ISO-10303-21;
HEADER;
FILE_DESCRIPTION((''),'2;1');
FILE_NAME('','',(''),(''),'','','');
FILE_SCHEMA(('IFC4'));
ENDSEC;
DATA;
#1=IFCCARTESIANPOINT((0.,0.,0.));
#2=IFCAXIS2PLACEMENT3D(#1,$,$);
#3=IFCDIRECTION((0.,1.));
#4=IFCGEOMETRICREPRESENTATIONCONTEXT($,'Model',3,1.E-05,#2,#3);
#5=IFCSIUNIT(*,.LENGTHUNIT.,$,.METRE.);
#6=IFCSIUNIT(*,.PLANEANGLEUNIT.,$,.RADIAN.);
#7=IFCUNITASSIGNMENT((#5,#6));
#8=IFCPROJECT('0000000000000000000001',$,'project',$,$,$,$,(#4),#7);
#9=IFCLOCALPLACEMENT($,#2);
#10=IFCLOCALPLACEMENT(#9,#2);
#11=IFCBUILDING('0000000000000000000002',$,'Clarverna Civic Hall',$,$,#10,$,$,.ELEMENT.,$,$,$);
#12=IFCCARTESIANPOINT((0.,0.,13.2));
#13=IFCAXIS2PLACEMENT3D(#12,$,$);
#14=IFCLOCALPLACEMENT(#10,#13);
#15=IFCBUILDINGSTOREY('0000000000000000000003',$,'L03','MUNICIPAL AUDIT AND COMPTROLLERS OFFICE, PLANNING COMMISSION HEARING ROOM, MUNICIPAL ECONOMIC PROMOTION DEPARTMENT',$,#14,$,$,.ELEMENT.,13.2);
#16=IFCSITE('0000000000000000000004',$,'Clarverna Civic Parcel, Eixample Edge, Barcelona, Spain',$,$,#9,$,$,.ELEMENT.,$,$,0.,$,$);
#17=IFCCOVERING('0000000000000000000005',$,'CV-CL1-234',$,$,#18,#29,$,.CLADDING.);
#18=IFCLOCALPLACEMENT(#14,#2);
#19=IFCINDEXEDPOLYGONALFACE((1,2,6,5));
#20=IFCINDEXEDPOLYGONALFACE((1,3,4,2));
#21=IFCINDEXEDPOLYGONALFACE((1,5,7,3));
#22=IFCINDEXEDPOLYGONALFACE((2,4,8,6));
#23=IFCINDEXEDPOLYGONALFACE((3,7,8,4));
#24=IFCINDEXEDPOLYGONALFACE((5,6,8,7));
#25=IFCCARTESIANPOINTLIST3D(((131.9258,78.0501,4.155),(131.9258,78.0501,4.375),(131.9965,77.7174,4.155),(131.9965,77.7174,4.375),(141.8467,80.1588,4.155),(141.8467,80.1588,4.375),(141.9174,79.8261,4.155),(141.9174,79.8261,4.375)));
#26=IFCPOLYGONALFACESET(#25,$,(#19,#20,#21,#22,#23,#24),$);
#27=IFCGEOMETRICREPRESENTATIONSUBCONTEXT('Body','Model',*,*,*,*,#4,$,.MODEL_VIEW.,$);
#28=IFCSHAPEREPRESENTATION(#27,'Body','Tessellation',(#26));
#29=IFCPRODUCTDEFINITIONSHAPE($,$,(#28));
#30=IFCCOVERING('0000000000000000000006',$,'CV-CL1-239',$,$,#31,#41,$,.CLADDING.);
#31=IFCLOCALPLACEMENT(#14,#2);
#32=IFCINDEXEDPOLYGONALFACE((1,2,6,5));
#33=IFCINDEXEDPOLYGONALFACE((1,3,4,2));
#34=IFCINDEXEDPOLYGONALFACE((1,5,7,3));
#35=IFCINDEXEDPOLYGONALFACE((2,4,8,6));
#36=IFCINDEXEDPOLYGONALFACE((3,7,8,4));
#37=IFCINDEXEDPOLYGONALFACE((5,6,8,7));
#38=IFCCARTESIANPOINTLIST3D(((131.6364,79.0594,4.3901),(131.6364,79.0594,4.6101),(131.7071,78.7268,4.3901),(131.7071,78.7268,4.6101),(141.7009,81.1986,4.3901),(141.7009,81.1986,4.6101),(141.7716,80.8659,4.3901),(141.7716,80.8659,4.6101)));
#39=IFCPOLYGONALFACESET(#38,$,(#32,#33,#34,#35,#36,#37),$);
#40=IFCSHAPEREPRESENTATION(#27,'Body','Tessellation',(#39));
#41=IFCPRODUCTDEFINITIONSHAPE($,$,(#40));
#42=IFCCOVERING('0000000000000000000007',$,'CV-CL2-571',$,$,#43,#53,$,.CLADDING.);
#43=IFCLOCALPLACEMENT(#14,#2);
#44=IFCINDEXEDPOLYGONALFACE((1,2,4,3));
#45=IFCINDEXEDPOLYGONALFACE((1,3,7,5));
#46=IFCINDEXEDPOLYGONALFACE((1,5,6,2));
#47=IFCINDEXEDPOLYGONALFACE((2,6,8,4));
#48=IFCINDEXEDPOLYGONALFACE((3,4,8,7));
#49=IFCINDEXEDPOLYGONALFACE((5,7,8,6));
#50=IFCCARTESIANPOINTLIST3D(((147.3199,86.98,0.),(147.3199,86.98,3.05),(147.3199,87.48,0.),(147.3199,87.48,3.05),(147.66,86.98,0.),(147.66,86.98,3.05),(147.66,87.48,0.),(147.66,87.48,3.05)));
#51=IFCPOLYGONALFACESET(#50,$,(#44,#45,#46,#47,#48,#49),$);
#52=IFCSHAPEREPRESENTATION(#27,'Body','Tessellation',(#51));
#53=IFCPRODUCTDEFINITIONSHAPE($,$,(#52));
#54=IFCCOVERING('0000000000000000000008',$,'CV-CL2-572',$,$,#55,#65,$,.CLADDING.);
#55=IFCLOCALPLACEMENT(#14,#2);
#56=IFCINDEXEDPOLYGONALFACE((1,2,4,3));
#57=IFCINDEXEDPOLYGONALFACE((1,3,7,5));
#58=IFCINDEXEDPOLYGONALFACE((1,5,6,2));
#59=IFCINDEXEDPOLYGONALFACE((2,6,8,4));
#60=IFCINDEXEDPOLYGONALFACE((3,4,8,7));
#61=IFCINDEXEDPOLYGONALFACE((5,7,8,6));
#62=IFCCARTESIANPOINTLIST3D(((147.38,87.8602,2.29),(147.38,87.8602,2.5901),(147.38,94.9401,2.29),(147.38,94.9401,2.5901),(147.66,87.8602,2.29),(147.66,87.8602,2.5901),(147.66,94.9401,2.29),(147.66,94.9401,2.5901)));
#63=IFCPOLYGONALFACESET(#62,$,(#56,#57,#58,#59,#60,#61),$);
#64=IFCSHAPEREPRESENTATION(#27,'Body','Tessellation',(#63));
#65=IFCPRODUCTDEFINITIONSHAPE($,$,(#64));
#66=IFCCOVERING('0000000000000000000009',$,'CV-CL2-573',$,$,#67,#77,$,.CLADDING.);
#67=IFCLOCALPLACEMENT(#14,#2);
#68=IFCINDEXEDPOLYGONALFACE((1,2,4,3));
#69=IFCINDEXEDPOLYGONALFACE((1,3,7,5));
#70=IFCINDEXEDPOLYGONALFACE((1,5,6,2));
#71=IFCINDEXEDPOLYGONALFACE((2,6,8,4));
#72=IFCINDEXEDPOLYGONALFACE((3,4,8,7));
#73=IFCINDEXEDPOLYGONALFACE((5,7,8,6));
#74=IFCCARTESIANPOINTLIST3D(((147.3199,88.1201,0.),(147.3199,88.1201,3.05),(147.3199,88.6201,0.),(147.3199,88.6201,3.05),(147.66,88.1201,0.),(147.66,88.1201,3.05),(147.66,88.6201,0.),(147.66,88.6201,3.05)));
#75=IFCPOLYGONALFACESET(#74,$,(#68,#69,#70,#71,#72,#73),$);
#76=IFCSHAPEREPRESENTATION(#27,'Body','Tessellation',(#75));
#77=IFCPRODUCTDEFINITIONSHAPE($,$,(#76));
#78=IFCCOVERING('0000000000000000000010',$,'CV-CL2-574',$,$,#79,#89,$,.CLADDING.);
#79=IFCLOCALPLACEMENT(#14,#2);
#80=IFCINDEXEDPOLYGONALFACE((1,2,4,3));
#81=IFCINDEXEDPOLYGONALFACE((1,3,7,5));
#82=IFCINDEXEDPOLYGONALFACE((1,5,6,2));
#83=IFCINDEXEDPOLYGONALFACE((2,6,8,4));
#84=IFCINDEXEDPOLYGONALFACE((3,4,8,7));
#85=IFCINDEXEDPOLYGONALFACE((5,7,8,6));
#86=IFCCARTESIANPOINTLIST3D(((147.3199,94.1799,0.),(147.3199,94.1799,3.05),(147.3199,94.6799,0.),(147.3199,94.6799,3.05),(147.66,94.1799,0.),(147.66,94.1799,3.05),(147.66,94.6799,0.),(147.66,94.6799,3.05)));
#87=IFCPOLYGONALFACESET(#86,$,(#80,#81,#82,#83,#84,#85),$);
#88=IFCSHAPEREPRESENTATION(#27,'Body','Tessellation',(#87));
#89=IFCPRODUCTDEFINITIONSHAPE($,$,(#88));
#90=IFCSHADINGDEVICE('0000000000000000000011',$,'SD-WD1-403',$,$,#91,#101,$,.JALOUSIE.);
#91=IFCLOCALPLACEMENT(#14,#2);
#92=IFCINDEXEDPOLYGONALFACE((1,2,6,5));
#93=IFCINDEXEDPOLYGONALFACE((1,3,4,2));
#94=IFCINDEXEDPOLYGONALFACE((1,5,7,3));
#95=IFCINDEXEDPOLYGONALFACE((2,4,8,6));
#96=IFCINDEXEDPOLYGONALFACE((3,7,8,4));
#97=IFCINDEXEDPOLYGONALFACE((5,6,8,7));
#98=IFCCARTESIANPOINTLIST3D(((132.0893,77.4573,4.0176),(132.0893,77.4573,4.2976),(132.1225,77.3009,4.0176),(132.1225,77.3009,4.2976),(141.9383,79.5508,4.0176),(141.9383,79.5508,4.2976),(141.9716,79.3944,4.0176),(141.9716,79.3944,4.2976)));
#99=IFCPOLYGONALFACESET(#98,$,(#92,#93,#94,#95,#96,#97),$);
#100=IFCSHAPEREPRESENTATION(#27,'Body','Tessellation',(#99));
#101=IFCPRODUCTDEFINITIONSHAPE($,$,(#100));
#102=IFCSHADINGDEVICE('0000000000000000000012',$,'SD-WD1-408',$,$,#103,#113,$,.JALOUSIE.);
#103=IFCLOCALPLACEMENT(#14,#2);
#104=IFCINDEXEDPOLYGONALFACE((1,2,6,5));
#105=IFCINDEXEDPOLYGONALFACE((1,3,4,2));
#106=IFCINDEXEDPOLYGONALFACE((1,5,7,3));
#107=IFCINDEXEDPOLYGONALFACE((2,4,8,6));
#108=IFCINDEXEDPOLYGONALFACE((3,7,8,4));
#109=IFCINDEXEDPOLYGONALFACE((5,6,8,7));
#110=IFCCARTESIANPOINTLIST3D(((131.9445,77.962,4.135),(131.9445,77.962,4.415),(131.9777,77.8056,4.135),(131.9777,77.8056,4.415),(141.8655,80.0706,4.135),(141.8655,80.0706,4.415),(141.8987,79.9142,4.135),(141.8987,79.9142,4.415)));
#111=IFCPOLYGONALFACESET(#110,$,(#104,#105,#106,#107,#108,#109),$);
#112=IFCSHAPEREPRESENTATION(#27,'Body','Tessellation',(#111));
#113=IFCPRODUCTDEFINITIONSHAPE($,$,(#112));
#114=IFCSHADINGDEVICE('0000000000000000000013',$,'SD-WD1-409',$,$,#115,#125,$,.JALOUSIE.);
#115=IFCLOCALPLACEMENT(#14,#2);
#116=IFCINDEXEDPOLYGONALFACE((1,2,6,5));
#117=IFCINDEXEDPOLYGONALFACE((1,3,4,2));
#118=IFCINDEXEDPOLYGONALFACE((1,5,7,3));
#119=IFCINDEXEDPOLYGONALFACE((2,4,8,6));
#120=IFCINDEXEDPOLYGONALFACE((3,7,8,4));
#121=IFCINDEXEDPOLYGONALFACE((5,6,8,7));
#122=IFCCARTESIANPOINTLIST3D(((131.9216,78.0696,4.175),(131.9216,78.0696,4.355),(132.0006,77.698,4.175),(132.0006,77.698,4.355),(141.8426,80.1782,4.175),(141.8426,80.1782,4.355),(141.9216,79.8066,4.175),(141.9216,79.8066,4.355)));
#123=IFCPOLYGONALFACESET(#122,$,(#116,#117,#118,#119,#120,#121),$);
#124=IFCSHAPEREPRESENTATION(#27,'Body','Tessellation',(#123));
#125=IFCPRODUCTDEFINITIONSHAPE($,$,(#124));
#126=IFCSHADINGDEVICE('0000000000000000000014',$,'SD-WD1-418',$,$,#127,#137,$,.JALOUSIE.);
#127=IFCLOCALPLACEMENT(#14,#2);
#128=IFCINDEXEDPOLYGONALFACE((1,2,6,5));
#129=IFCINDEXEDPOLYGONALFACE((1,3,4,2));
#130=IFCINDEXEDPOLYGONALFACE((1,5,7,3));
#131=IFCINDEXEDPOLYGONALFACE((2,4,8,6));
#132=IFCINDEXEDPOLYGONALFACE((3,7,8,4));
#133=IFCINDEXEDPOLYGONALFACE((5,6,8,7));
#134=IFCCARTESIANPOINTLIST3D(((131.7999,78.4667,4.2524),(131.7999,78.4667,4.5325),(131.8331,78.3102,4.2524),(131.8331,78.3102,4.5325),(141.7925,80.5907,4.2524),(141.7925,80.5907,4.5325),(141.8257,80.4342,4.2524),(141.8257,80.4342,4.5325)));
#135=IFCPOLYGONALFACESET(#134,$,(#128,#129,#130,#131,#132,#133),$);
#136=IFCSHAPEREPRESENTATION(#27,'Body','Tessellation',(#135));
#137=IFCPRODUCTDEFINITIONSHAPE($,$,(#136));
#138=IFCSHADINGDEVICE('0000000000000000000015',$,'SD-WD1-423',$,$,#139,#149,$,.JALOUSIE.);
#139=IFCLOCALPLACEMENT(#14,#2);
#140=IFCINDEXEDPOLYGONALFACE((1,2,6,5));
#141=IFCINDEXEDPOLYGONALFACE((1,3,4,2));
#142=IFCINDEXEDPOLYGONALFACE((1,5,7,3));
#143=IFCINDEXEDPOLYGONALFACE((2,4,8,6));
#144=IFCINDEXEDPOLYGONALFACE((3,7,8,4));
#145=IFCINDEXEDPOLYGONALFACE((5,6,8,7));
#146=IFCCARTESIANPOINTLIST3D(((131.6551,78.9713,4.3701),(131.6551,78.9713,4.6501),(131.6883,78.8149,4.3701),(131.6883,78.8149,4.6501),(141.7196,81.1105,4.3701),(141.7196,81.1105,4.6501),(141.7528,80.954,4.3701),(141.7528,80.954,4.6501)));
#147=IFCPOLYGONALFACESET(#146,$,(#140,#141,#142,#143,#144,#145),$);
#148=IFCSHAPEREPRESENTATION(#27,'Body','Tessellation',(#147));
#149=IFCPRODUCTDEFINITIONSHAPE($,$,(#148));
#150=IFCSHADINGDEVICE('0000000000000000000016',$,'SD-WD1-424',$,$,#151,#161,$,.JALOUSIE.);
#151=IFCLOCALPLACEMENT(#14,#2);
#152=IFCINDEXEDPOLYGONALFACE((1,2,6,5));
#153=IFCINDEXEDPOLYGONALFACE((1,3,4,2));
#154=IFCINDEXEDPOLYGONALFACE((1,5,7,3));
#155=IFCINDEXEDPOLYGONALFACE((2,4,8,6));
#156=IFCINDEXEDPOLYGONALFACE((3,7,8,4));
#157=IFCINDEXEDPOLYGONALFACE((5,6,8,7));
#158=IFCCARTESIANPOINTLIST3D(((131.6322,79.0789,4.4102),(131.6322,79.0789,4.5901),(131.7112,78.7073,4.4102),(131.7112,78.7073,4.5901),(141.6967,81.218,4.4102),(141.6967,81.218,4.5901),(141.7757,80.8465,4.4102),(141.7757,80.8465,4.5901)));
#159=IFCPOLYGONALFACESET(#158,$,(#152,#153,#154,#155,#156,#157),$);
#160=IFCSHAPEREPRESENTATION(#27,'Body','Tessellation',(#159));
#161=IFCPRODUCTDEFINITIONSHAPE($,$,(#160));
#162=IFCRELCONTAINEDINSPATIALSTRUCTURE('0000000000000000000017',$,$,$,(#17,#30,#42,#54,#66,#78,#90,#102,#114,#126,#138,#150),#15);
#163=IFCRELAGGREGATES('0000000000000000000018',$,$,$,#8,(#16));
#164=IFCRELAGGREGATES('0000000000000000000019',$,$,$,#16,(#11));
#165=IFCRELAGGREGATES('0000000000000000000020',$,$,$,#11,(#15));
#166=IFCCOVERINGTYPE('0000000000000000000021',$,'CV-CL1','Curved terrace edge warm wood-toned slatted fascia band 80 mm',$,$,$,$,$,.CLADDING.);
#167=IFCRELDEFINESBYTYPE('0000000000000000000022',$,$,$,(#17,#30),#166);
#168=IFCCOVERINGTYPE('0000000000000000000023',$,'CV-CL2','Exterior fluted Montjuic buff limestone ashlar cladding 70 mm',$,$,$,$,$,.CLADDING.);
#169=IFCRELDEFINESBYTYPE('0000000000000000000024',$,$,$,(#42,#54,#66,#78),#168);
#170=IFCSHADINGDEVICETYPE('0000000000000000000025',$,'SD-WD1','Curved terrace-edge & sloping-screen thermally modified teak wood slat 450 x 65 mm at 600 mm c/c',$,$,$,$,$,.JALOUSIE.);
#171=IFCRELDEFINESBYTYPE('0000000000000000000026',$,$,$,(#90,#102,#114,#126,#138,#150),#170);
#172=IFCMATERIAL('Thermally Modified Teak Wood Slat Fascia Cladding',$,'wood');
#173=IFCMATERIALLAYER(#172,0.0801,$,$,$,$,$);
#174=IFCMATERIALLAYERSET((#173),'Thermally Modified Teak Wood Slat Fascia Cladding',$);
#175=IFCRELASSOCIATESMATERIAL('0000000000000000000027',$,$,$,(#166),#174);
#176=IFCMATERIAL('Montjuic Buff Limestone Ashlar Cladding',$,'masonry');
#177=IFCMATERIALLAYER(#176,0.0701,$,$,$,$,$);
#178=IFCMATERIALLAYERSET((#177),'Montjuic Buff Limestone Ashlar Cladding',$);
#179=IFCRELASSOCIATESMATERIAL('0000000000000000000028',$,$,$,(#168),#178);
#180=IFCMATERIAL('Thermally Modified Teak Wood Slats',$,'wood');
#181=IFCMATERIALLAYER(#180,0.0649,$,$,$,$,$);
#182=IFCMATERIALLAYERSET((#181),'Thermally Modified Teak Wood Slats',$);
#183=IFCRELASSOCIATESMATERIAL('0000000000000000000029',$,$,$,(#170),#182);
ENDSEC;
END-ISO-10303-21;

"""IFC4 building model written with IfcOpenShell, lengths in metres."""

from ifc_helpers import new_model, si_unit, direction, frame, frame_2d, origin, place, context, subcontext, project, spatial, rectangle, extrude, material, layer, layer_set, type_object, element, save


model = new_model("IFC4")

# Units and contexts
model_context = context("Model", 3, precision=1e-05, world=origin(), true_north=direction((0.0, 1.0)))
body_context = subcontext(model_context, "Body", "Model", "MODEL_VIEW")
ifc_project = project(units=[si_unit("LENGTHUNIT", "METRE"), si_unit("PLANEANGLEUNIT", "RADIAN")], contexts=[model_context])

# Site, building, storey
site_placement = place(None, origin())
site = spatial("IfcSite", under=ifc_project, at=site_placement, Name="Clarverna Civic Parcel, Eixample Edge, Barcelona, Spain", CompositionType="ELEMENT", RefElevation=0.0)
building_placement = place(site_placement, origin())
building = spatial("IfcBuilding", under=site, at=building_placement, Name="Clarverna Civic Hall", CompositionType="ELEMENT")
storey_placement = place(building_placement, frame((0.0, 0.0, 13.2)))
storey = spatial("IfcBuildingStorey", under=building, at=storey_placement, Name="L03", Description="MUNICIPAL AUDIT AND COMPTROLLERS OFFICE, PLANNING COMMISSION HEARING ROOM, MUNICIPAL ECONOMIC PROMOTION DEPARTMENT", CompositionType="ELEMENT", Elevation=13.2)

# Coverings
ifc_material_1 = material(Name="Thermally Modified Teak Wood Slat Fascia Cladding", Category="wood")
ifc_layer_1 = layer(ifc_material_1, 0.0801)
ifc_layer_set_1 = layer_set([ifc_layer_1], Name="Thermally Modified Teak Wood Slat Fascia Cladding")
covering_type_1 = type_object("IfcCoveringType", Name="CV-CL1", Description="Curved terrace edge warm wood-toned slatted fascia band 80 mm", PredefinedType="CLADDING", material=ifc_layer_set_1)
covering_1_placement = place(storey_placement, frame((141.8821, 79.9924, 4.155), z_axis=(0.0, 0.0, 1.0), x_axis=(-0.97815, -0.207901, 0.0)))
element("IfcCovering", 1, at=covering_1_placement, inside=storey, type_object=covering_type_1, Name="CV-CL1-234", PredefinedType="CLADDING", context=body_context, shape_type="SweptSolid", body=[
    extrude(rectangle(XDim=10.1426, YDim=0.3401, at=frame_2d((5.0713, 0.0))), origin(), (0.0, 0.0, 1.0), 0.22),
])
covering_2_placement = place(storey_placement, frame((141.7361, 81.0322, 4.3901), z_axis=(0.0, 0.0, 1.0), x_axis=(-0.97815, -0.207902, 0.0)))
element("IfcCovering", 2, at=covering_2_placement, inside=storey, type_object=covering_type_1, Name="CV-CL1-239", PredefinedType="CLADDING", context=body_context, shape_type="SweptSolid", body=[
    extrude(rectangle(XDim=10.2893, YDim=0.3401, at=frame_2d((5.1445, 0.0))), origin(), (0.0, 0.0, 1.0), 0.22),
])
ifc_material_2 = material(Name="Montjuic Buff Limestone Ashlar Cladding", Category="masonry")
ifc_layer_2 = layer(ifc_material_2, 0.0701)
ifc_layer_set_2 = layer_set([ifc_layer_2], Name="Montjuic Buff Limestone Ashlar Cladding")
covering_type_2 = type_object("IfcCoveringType", Name="CV-CL2", Description="Exterior fluted Montjuic buff limestone ashlar cladding 70 mm", PredefinedType="CLADDING", material=ifc_layer_set_2)
covering_3_placement = place(storey_placement, frame((147.49, 86.98, 0.0), z_axis=(0.0, 0.0, 1.0), x_axis=(0.0, 1.0, 0.0)))
element("IfcCovering", 3, at=covering_3_placement, inside=storey, type_object=covering_type_2, Name="CV-CL2-571", PredefinedType="CLADDING", context=body_context, shape_type="SweptSolid", body=[
    extrude(rectangle(XDim=0.5, YDim=0.3401, at=frame_2d((0.25, 0.0))), origin(), (0.0, 0.0, 1.0), 3.05),
])
covering_4_placement = place(storey_placement, frame((147.52, 87.8601, 2.29), z_axis=(0.0, 0.0, 1.0), x_axis=(0.0, 1.0, 0.0)))
element("IfcCovering", 4, at=covering_4_placement, inside=storey, type_object=covering_type_2, Name="CV-CL2-572", PredefinedType="CLADDING", context=body_context, shape_type="SweptSolid", body=[
    extrude(rectangle(XDim=7.0798, YDim=0.28, at=frame_2d((3.54, 0.0))), origin(), (0.0, 0.0, 1.0), 0.3),
])
for number, where, z_axis, x_axis, name in (
    (5, (147.49, 88.1201, 0.0), (0.0, 0.0, 1.0), (0.0, 1.0, 0.0), "CV-CL2-573"),
    (6, (147.49, 94.1799, 0.0), (0.0, 0.0, 1.0), (0.0, 1.0, 0.0), "CV-CL2-574"),
):
    element("IfcCovering", number, at=place(storey_placement, frame(where, z_axis=z_axis, x_axis=x_axis)), inside=storey, type_object=covering_type_2, Name=name, PredefinedType="CLADDING", context=body_context, shape_type="SweptSolid", body=[
        extrude(rectangle(XDim=0.5, YDim=0.3401, at=frame_2d((0.25, 0.0))), origin(), (0.0, 0.0, 1.0), 3.05),
    ])

# Shading devices
ifc_material_3 = material(Name="Thermally Modified Teak Wood Slats", Category="wood")
ifc_layer_3 = layer(ifc_material_3, 0.0649)
ifc_layer_set_3 = layer_set([ifc_layer_3], Name="Thermally Modified Teak Wood Slats")
shading_device_type = type_object("IfcShadingDeviceType", Name="SD-WD1", Description="Curved terrace-edge & sloping-screen thermally modified teak wood slat 450 x 65 mm at 600 mm c/c", PredefinedType="JALOUSIE", material=ifc_layer_set_3)
shading_device_1_placement = place(storey_placement, frame((141.9551, 79.4727, 4.0176), z_axis=(0.0, 0.0, 1.0), x_axis=(-0.978147, -0.207913, 0.0)))
element("IfcShadingDevice", 7, at=shading_device_1_placement, inside=storey, type_object=shading_device_type, Name="SD-WD1-403", PredefinedType="JALOUSIE", context=body_context, shape_type="SweptSolid", body=[
    extrude(rectangle(XDim=10.0691, YDim=0.1599, at=frame_2d((5.0347, 0.0))), origin(), (0.0, 0.0, 1.0), 0.28),
])
shading_device_2_placement = place(storey_placement, frame((141.8821, 79.9924, 4.135), z_axis=(0.0, 0.0, 1.0), x_axis=(-0.97815, -0.207901, 0.0)))
element("IfcShadingDevice", 8, at=shading_device_2_placement, inside=storey, type_object=shading_device_type, Name="SD-WD1-408", PredefinedType="JALOUSIE", context=body_context, shape_type="SweptSolid", body=[
    extrude(rectangle(XDim=10.1426, YDim=0.1599, at=frame_2d((5.0713, 0.0))), origin(), (0.0, 0.0, 1.0), 0.28),
])
shading_device_3_placement = place(storey_placement, frame((141.8821, 79.9924, 4.175), z_axis=(0.0, 0.0, 1.0), x_axis=(-0.97815, -0.207901, 0.0)))
element("IfcShadingDevice", 9, at=shading_device_3_placement, inside=storey, type_object=shading_device_type, Name="SD-WD1-409", PredefinedType="JALOUSIE", context=body_context, shape_type="SweptSolid", body=[
    extrude(rectangle(XDim=10.1426, YDim=0.3799, at=frame_2d((5.0713, 0.0))), origin(), (0.0, 0.0, 1.0), 0.1799),
])
shading_device_4_placement = place(storey_placement, frame((141.8091, 80.5125, 4.2524), z_axis=(0.0, 0.0, 1.0), x_axis=(-0.978147, -0.207913, 0.0)))
element("IfcShadingDevice", 10, at=shading_device_4_placement, inside=storey, type_object=shading_device_type, Name="SD-WD1-418", PredefinedType="JALOUSIE", context=body_context, shape_type="SweptSolid", body=[
    extrude(rectangle(XDim=10.2158, YDim=0.1599, at=frame_2d((5.1079, 0.0))), origin(), (0.0, 0.0, 1.0), 0.28),
])
shading_device_5_placement = place(storey_placement, frame((141.7361, 81.0322, 4.3701), z_axis=(0.0, 0.0, 1.0), x_axis=(-0.97815, -0.207902, 0.0)))
element("IfcShadingDevice", 11, at=shading_device_5_placement, inside=storey, type_object=shading_device_type, Name="SD-WD1-423", PredefinedType="JALOUSIE", context=body_context, shape_type="SweptSolid", body=[
    extrude(rectangle(XDim=10.2893, YDim=0.1599, at=frame_2d((5.1445, 0.0))), origin(), (0.0, 0.0, 1.0), 0.28),
])
shading_device_6_placement = place(storey_placement, frame((141.7361, 81.0322, 4.4102), z_axis=(0.0, 0.0, 1.0), x_axis=(-0.97815, -0.207902, 0.0)))
element("IfcShadingDevice", 12, at=shading_device_6_placement, inside=storey, type_object=shading_device_type, Name="SD-WD1-424", PredefinedType="JALOUSIE", context=body_context, shape_type="SweptSolid", body=[
    extrude(rectangle(XDim=10.2893, YDim=0.3799, at=frame_2d((5.1445, 0.0))), origin(), (0.0, 0.0, 1.0), 0.1799),
])

save(model, "model.ifc")
